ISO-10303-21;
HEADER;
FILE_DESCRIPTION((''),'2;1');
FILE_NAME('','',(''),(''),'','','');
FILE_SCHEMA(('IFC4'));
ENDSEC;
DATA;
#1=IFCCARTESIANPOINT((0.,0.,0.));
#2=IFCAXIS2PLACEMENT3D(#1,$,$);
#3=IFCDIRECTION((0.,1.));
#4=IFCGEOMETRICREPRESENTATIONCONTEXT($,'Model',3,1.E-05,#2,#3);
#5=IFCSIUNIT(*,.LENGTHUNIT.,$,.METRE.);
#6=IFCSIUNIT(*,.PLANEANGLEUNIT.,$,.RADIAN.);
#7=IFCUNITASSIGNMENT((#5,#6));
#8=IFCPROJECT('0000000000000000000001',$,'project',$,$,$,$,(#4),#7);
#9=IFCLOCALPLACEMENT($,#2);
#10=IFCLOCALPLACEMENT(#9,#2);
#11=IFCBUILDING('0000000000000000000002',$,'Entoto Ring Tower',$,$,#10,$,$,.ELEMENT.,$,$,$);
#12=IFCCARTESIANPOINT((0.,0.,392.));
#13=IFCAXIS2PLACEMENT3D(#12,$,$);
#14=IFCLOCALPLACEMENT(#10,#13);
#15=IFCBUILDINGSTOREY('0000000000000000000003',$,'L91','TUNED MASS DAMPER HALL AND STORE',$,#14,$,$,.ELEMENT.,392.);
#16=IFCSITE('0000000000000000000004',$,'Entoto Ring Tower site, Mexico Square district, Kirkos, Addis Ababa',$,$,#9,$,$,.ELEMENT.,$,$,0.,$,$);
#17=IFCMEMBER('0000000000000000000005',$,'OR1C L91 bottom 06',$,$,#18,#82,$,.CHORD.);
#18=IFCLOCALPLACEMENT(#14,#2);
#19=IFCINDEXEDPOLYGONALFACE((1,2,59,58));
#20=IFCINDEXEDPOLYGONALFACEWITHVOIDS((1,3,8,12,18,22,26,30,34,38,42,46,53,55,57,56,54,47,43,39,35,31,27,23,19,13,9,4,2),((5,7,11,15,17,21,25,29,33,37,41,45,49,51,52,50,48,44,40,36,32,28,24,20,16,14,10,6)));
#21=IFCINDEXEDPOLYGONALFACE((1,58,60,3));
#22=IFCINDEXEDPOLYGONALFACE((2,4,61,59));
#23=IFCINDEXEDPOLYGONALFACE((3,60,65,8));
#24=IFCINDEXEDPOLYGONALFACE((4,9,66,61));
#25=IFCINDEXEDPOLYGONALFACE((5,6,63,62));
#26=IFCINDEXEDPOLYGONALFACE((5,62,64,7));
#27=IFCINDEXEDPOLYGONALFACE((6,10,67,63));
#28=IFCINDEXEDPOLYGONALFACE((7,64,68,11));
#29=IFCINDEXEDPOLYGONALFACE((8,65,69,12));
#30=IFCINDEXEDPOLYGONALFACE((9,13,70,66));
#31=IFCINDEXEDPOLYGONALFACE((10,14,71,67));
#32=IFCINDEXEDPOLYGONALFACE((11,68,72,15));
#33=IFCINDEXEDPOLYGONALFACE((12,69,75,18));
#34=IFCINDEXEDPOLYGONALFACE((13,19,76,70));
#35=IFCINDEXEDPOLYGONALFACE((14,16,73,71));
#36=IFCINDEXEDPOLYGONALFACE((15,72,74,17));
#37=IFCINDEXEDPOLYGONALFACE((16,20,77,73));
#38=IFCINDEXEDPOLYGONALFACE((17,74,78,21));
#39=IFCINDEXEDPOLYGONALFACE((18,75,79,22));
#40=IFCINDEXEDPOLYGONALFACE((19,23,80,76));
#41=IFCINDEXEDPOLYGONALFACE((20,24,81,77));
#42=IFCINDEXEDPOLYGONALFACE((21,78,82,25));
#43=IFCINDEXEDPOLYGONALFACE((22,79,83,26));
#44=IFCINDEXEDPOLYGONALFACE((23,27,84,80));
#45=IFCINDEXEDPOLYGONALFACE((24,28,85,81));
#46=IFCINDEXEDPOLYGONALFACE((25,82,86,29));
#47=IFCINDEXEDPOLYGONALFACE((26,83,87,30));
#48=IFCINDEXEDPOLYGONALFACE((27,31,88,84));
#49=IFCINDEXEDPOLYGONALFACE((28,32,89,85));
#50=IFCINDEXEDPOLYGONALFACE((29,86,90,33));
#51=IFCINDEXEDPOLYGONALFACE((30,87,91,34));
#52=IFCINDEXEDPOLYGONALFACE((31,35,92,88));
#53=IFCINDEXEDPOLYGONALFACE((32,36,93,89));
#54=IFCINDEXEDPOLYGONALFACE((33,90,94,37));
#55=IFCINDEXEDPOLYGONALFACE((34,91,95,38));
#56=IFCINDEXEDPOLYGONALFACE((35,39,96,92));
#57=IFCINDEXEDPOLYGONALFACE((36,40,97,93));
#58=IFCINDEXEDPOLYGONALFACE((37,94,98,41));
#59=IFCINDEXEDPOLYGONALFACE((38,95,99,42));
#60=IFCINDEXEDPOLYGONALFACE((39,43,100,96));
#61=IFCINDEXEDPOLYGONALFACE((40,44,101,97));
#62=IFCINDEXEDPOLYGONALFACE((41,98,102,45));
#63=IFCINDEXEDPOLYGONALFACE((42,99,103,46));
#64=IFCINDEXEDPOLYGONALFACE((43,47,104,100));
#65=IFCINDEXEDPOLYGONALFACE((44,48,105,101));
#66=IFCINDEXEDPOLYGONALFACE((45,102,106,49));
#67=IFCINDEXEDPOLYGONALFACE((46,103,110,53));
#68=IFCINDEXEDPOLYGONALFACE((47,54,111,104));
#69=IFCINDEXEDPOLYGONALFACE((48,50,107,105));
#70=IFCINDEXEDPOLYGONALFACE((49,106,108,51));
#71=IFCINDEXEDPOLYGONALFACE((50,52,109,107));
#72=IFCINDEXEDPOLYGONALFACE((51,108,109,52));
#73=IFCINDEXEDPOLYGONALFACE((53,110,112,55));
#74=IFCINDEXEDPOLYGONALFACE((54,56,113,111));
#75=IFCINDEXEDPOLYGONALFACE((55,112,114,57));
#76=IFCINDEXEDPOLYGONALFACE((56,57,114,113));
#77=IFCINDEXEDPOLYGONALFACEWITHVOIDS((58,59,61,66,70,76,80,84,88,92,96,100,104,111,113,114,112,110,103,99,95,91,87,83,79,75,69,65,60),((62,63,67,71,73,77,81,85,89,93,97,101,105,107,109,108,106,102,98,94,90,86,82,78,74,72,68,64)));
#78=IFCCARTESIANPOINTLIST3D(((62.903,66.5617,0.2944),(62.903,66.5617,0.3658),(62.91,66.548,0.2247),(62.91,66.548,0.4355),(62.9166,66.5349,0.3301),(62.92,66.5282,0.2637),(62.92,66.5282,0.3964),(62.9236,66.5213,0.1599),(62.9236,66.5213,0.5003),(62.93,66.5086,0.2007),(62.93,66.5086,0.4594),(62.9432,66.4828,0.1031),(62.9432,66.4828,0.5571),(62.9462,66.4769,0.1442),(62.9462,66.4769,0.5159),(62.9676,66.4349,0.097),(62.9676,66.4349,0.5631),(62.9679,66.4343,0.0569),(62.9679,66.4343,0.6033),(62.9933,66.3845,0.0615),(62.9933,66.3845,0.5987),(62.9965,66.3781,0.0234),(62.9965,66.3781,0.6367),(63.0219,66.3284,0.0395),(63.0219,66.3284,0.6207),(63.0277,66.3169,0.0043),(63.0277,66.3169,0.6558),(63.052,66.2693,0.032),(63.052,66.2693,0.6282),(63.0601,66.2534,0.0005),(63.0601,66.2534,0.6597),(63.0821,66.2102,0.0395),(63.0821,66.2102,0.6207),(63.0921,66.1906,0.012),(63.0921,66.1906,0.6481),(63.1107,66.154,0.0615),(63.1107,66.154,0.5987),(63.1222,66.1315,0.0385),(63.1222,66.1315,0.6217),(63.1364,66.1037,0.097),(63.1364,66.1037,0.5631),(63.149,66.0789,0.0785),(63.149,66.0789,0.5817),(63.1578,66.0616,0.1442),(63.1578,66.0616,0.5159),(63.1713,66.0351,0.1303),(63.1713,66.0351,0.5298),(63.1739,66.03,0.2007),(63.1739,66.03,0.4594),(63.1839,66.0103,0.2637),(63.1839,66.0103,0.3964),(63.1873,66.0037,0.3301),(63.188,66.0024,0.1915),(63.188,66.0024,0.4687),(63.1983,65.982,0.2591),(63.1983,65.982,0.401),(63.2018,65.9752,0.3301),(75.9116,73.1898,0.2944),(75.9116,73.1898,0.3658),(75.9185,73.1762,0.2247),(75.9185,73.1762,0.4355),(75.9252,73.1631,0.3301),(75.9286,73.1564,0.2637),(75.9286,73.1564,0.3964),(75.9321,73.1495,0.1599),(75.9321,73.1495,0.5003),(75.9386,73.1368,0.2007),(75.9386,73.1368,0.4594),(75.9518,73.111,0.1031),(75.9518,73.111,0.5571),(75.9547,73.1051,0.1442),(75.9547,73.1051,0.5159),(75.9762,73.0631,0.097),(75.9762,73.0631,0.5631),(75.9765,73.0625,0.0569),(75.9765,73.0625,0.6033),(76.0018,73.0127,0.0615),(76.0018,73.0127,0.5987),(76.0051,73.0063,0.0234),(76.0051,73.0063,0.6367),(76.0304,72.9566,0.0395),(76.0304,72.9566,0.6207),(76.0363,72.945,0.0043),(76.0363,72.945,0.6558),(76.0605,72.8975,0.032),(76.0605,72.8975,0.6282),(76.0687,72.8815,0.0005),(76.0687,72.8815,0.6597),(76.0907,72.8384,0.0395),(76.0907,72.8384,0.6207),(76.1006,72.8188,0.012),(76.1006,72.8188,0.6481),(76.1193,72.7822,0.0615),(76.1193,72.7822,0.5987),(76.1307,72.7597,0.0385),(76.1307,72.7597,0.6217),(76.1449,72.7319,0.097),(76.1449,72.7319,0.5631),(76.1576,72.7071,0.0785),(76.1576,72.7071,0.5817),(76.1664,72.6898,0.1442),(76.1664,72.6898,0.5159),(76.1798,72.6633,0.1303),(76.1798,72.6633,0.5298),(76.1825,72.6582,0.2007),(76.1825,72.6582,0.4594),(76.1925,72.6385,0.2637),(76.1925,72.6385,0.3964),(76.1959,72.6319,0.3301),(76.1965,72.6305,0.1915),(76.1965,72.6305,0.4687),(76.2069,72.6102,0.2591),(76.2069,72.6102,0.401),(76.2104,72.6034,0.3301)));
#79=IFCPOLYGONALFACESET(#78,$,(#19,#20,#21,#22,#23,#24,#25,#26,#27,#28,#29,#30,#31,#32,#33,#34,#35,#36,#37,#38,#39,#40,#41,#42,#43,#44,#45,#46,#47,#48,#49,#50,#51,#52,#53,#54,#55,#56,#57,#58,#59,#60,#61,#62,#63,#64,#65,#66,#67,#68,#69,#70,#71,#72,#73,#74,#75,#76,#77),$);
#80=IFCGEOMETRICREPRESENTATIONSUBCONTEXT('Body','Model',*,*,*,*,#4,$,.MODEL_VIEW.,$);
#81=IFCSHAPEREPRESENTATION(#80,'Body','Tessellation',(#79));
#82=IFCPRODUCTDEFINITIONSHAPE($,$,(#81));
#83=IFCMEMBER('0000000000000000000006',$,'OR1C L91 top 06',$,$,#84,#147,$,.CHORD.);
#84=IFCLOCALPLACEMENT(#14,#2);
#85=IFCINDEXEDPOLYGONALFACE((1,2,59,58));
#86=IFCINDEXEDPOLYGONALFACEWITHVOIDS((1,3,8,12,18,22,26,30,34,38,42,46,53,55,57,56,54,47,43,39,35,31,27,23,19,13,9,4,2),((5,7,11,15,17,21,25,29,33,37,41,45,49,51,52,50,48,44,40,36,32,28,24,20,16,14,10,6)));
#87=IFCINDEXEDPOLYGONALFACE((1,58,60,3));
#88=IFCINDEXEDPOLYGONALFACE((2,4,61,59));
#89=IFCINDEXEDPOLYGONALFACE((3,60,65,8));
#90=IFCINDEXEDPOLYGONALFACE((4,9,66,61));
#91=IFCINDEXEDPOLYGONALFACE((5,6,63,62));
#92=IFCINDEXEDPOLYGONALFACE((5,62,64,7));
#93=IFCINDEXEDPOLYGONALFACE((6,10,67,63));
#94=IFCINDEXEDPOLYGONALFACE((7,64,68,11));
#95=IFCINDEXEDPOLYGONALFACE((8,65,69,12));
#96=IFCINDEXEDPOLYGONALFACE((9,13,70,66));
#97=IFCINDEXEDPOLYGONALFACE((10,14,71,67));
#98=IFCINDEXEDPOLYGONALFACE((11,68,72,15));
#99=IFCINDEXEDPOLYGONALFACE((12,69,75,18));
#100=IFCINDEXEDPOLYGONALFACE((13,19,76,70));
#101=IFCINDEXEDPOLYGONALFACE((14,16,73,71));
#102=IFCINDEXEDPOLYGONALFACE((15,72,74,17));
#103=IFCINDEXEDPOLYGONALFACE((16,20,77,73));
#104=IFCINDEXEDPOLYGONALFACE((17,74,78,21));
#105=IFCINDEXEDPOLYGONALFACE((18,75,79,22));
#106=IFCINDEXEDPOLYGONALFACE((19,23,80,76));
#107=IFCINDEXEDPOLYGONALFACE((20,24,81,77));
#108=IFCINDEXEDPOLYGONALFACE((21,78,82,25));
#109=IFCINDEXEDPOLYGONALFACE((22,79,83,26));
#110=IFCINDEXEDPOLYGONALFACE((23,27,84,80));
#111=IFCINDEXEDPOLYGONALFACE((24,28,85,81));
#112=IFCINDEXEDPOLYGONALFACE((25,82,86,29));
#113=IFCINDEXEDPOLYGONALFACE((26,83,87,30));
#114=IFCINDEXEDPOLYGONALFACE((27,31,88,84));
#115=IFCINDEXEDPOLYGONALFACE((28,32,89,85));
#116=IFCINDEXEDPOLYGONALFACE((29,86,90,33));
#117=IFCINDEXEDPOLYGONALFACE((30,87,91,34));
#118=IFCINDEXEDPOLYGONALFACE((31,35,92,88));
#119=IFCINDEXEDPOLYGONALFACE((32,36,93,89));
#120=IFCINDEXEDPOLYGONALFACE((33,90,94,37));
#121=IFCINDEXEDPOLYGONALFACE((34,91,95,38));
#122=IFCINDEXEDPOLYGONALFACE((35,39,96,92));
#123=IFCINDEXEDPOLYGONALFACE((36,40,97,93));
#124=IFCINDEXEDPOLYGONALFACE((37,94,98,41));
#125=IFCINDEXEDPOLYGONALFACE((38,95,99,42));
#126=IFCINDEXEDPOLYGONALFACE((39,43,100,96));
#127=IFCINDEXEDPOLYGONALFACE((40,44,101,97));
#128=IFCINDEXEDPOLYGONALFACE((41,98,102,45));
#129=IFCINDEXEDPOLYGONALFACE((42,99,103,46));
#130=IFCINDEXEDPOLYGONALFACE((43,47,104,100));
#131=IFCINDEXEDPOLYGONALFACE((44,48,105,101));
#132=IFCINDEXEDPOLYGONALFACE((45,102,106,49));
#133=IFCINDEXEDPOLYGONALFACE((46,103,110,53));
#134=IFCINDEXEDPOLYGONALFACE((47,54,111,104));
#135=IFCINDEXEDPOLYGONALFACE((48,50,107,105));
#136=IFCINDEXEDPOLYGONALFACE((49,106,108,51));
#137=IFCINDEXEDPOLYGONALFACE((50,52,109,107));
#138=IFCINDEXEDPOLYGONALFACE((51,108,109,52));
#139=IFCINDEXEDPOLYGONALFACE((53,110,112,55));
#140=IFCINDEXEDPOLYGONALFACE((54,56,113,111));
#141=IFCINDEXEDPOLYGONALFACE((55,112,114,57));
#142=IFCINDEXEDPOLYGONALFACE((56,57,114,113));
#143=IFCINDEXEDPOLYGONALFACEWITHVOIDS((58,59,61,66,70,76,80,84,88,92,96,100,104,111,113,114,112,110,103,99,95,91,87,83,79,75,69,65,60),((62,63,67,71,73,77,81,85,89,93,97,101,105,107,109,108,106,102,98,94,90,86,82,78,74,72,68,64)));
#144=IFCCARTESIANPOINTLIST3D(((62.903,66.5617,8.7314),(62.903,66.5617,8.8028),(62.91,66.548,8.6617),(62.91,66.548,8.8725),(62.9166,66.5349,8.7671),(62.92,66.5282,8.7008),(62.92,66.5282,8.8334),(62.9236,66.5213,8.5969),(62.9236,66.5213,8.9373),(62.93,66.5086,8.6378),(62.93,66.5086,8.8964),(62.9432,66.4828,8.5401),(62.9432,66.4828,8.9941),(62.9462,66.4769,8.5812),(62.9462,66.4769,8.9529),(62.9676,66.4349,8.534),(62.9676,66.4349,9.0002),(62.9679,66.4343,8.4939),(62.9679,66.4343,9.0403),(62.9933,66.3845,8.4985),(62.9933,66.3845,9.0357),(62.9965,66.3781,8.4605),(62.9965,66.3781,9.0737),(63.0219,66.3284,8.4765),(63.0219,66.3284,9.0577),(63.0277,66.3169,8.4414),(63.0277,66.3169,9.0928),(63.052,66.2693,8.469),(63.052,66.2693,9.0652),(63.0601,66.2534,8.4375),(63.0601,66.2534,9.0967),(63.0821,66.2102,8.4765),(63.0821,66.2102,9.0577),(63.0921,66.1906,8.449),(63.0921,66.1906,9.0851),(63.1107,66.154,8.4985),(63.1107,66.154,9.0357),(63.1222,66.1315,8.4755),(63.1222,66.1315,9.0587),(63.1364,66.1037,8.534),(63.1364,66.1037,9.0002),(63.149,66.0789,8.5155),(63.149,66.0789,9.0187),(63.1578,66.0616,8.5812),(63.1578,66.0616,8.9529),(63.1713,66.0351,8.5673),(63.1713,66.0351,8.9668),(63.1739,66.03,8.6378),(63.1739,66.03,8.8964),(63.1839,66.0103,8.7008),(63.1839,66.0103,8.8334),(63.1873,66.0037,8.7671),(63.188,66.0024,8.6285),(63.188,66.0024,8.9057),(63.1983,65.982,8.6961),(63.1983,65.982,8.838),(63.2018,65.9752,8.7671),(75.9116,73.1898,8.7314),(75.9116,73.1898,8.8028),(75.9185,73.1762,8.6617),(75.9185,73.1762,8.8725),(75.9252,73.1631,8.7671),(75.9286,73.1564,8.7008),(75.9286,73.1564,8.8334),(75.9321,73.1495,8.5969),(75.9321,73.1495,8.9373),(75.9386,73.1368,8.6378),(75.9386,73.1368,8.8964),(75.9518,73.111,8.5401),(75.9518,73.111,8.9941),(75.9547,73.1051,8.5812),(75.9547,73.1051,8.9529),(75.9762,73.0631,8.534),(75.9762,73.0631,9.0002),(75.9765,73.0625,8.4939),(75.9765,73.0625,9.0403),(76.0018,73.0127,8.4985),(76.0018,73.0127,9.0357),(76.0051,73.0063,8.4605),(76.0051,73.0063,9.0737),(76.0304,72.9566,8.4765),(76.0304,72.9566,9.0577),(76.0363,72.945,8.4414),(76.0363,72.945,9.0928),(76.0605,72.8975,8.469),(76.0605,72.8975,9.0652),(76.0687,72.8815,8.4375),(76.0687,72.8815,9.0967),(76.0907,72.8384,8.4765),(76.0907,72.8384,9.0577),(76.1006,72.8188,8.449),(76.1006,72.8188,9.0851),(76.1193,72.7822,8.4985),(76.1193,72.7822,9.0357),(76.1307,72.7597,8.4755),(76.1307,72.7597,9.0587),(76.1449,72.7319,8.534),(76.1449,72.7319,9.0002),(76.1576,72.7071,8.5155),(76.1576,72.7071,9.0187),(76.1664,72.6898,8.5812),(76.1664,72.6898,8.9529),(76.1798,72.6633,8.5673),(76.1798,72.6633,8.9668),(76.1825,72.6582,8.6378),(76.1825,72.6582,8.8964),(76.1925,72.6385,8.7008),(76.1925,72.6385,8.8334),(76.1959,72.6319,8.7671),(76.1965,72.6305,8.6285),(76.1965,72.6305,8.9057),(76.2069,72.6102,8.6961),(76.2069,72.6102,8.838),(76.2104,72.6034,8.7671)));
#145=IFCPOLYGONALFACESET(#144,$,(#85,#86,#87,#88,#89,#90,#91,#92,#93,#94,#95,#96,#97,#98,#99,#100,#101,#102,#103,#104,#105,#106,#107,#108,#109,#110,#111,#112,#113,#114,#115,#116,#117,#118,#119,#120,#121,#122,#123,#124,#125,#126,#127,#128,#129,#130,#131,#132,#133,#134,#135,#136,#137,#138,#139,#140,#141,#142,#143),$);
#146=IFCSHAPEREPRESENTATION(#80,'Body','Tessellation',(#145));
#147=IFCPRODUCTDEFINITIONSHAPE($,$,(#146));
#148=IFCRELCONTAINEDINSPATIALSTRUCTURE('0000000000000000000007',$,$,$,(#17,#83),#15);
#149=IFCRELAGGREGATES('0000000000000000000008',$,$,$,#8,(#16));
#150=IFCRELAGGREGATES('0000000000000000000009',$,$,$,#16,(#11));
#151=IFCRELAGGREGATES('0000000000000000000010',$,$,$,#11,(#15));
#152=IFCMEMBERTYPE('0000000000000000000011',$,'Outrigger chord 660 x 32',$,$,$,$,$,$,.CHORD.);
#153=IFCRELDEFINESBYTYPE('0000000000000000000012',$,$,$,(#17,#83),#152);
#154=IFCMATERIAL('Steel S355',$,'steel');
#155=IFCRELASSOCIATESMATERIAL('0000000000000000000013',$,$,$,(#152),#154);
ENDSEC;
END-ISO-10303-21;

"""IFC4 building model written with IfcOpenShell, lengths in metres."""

from ifc_helpers import new_model, si_unit, direction, frame, origin, origin_2d, place, context, subcontext, project, spatial, circle, hollow_circle, extrude, material, material_profile, profile_set, type_object, element, save


model = new_model("IFC4")

# Units and contexts
model_context = context("Model", 3, precision=1e-05, world=origin(), true_north=direction((0.0, 1.0)))
body_context = subcontext(model_context, "Body", "Model", "MODEL_VIEW")
ifc_project = project(units=[si_unit("LENGTHUNIT", "METRE"), si_unit("PLANEANGLEUNIT", "RADIAN")], contexts=[model_context])

# Site, building, storey
site_placement = place(None, origin())
site = spatial("IfcSite", under=ifc_project, at=site_placement, Name="Entoto Ring Tower site, Mexico Square district, Kirkos, Addis Ababa", CompositionType="ELEMENT", RefElevation=0.0)
building_placement = place(site_placement, origin())
building = spatial("IfcBuilding", under=site, at=building_placement, Name="Entoto Ring Tower", CompositionType="ELEMENT")
storey_placement = place(building_placement, frame((0.0, 0.0, 392.0)))
storey = spatial("IfcBuildingStorey", under=building, at=storey_placement, Name="L91", Description="TUNED MASS DAMPER HALL AND STORE", CompositionType="ELEMENT", Elevation=392.0)

# Members
ifc_material_1 = material(Name="Steel S355", Category="steel")
ifc_material_profile_1 = material_profile(ifc_material_1, hollow_circle(Radius=0.3301, WallThickness=0.032, at=origin_2d()), Name="CHS 660 x 32")
ifc_material_2 = material(Name="Concrete C60/75", Category="concrete")
ifc_material_profile_2 = material_profile(ifc_material_2, circle(Radius=0.2981, at=origin_2d()), Name="Concrete C60/75 infill")
ifc_profile_set_1 = profile_set([ifc_material_profile_1, ifc_material_profile_2], Name="Steel S355")
member_type_1 = type_object("IfcMemberType", Name="Outrigger chord 660 x 32", PredefinedType="CHORD", material=ifc_profile_set_1)
for number, where, z_axis, x_axis, name in (
    (1, (76.0605, 72.8975, 0.3301), (-0.891007, -0.45399, 0.0), (0.45399, -0.891007, 0.0), "OR1C L91 bottom 06"),
    (2, (76.0605, 72.8975, 8.7671), (-0.891007, -0.45399, 0.0), (0.45399, -0.891007, 0.0), "OR1C L91 top 06"),
):
    element("IfcMember", number, at=place(storey_placement, frame(where, z_axis=z_axis, x_axis=x_axis)), inside=storey, type_object=member_type_1, Name=name, PredefinedType="CHORD", context=body_context, shape_type="SweptSolid", body=[
        extrude(hollow_circle(Radius=0.3301, WallThickness=0.032, at=origin_2d()), origin(), (0.0, 0.0, 1.0), 14.5999),
    ])

save(model, "model.ifc")
